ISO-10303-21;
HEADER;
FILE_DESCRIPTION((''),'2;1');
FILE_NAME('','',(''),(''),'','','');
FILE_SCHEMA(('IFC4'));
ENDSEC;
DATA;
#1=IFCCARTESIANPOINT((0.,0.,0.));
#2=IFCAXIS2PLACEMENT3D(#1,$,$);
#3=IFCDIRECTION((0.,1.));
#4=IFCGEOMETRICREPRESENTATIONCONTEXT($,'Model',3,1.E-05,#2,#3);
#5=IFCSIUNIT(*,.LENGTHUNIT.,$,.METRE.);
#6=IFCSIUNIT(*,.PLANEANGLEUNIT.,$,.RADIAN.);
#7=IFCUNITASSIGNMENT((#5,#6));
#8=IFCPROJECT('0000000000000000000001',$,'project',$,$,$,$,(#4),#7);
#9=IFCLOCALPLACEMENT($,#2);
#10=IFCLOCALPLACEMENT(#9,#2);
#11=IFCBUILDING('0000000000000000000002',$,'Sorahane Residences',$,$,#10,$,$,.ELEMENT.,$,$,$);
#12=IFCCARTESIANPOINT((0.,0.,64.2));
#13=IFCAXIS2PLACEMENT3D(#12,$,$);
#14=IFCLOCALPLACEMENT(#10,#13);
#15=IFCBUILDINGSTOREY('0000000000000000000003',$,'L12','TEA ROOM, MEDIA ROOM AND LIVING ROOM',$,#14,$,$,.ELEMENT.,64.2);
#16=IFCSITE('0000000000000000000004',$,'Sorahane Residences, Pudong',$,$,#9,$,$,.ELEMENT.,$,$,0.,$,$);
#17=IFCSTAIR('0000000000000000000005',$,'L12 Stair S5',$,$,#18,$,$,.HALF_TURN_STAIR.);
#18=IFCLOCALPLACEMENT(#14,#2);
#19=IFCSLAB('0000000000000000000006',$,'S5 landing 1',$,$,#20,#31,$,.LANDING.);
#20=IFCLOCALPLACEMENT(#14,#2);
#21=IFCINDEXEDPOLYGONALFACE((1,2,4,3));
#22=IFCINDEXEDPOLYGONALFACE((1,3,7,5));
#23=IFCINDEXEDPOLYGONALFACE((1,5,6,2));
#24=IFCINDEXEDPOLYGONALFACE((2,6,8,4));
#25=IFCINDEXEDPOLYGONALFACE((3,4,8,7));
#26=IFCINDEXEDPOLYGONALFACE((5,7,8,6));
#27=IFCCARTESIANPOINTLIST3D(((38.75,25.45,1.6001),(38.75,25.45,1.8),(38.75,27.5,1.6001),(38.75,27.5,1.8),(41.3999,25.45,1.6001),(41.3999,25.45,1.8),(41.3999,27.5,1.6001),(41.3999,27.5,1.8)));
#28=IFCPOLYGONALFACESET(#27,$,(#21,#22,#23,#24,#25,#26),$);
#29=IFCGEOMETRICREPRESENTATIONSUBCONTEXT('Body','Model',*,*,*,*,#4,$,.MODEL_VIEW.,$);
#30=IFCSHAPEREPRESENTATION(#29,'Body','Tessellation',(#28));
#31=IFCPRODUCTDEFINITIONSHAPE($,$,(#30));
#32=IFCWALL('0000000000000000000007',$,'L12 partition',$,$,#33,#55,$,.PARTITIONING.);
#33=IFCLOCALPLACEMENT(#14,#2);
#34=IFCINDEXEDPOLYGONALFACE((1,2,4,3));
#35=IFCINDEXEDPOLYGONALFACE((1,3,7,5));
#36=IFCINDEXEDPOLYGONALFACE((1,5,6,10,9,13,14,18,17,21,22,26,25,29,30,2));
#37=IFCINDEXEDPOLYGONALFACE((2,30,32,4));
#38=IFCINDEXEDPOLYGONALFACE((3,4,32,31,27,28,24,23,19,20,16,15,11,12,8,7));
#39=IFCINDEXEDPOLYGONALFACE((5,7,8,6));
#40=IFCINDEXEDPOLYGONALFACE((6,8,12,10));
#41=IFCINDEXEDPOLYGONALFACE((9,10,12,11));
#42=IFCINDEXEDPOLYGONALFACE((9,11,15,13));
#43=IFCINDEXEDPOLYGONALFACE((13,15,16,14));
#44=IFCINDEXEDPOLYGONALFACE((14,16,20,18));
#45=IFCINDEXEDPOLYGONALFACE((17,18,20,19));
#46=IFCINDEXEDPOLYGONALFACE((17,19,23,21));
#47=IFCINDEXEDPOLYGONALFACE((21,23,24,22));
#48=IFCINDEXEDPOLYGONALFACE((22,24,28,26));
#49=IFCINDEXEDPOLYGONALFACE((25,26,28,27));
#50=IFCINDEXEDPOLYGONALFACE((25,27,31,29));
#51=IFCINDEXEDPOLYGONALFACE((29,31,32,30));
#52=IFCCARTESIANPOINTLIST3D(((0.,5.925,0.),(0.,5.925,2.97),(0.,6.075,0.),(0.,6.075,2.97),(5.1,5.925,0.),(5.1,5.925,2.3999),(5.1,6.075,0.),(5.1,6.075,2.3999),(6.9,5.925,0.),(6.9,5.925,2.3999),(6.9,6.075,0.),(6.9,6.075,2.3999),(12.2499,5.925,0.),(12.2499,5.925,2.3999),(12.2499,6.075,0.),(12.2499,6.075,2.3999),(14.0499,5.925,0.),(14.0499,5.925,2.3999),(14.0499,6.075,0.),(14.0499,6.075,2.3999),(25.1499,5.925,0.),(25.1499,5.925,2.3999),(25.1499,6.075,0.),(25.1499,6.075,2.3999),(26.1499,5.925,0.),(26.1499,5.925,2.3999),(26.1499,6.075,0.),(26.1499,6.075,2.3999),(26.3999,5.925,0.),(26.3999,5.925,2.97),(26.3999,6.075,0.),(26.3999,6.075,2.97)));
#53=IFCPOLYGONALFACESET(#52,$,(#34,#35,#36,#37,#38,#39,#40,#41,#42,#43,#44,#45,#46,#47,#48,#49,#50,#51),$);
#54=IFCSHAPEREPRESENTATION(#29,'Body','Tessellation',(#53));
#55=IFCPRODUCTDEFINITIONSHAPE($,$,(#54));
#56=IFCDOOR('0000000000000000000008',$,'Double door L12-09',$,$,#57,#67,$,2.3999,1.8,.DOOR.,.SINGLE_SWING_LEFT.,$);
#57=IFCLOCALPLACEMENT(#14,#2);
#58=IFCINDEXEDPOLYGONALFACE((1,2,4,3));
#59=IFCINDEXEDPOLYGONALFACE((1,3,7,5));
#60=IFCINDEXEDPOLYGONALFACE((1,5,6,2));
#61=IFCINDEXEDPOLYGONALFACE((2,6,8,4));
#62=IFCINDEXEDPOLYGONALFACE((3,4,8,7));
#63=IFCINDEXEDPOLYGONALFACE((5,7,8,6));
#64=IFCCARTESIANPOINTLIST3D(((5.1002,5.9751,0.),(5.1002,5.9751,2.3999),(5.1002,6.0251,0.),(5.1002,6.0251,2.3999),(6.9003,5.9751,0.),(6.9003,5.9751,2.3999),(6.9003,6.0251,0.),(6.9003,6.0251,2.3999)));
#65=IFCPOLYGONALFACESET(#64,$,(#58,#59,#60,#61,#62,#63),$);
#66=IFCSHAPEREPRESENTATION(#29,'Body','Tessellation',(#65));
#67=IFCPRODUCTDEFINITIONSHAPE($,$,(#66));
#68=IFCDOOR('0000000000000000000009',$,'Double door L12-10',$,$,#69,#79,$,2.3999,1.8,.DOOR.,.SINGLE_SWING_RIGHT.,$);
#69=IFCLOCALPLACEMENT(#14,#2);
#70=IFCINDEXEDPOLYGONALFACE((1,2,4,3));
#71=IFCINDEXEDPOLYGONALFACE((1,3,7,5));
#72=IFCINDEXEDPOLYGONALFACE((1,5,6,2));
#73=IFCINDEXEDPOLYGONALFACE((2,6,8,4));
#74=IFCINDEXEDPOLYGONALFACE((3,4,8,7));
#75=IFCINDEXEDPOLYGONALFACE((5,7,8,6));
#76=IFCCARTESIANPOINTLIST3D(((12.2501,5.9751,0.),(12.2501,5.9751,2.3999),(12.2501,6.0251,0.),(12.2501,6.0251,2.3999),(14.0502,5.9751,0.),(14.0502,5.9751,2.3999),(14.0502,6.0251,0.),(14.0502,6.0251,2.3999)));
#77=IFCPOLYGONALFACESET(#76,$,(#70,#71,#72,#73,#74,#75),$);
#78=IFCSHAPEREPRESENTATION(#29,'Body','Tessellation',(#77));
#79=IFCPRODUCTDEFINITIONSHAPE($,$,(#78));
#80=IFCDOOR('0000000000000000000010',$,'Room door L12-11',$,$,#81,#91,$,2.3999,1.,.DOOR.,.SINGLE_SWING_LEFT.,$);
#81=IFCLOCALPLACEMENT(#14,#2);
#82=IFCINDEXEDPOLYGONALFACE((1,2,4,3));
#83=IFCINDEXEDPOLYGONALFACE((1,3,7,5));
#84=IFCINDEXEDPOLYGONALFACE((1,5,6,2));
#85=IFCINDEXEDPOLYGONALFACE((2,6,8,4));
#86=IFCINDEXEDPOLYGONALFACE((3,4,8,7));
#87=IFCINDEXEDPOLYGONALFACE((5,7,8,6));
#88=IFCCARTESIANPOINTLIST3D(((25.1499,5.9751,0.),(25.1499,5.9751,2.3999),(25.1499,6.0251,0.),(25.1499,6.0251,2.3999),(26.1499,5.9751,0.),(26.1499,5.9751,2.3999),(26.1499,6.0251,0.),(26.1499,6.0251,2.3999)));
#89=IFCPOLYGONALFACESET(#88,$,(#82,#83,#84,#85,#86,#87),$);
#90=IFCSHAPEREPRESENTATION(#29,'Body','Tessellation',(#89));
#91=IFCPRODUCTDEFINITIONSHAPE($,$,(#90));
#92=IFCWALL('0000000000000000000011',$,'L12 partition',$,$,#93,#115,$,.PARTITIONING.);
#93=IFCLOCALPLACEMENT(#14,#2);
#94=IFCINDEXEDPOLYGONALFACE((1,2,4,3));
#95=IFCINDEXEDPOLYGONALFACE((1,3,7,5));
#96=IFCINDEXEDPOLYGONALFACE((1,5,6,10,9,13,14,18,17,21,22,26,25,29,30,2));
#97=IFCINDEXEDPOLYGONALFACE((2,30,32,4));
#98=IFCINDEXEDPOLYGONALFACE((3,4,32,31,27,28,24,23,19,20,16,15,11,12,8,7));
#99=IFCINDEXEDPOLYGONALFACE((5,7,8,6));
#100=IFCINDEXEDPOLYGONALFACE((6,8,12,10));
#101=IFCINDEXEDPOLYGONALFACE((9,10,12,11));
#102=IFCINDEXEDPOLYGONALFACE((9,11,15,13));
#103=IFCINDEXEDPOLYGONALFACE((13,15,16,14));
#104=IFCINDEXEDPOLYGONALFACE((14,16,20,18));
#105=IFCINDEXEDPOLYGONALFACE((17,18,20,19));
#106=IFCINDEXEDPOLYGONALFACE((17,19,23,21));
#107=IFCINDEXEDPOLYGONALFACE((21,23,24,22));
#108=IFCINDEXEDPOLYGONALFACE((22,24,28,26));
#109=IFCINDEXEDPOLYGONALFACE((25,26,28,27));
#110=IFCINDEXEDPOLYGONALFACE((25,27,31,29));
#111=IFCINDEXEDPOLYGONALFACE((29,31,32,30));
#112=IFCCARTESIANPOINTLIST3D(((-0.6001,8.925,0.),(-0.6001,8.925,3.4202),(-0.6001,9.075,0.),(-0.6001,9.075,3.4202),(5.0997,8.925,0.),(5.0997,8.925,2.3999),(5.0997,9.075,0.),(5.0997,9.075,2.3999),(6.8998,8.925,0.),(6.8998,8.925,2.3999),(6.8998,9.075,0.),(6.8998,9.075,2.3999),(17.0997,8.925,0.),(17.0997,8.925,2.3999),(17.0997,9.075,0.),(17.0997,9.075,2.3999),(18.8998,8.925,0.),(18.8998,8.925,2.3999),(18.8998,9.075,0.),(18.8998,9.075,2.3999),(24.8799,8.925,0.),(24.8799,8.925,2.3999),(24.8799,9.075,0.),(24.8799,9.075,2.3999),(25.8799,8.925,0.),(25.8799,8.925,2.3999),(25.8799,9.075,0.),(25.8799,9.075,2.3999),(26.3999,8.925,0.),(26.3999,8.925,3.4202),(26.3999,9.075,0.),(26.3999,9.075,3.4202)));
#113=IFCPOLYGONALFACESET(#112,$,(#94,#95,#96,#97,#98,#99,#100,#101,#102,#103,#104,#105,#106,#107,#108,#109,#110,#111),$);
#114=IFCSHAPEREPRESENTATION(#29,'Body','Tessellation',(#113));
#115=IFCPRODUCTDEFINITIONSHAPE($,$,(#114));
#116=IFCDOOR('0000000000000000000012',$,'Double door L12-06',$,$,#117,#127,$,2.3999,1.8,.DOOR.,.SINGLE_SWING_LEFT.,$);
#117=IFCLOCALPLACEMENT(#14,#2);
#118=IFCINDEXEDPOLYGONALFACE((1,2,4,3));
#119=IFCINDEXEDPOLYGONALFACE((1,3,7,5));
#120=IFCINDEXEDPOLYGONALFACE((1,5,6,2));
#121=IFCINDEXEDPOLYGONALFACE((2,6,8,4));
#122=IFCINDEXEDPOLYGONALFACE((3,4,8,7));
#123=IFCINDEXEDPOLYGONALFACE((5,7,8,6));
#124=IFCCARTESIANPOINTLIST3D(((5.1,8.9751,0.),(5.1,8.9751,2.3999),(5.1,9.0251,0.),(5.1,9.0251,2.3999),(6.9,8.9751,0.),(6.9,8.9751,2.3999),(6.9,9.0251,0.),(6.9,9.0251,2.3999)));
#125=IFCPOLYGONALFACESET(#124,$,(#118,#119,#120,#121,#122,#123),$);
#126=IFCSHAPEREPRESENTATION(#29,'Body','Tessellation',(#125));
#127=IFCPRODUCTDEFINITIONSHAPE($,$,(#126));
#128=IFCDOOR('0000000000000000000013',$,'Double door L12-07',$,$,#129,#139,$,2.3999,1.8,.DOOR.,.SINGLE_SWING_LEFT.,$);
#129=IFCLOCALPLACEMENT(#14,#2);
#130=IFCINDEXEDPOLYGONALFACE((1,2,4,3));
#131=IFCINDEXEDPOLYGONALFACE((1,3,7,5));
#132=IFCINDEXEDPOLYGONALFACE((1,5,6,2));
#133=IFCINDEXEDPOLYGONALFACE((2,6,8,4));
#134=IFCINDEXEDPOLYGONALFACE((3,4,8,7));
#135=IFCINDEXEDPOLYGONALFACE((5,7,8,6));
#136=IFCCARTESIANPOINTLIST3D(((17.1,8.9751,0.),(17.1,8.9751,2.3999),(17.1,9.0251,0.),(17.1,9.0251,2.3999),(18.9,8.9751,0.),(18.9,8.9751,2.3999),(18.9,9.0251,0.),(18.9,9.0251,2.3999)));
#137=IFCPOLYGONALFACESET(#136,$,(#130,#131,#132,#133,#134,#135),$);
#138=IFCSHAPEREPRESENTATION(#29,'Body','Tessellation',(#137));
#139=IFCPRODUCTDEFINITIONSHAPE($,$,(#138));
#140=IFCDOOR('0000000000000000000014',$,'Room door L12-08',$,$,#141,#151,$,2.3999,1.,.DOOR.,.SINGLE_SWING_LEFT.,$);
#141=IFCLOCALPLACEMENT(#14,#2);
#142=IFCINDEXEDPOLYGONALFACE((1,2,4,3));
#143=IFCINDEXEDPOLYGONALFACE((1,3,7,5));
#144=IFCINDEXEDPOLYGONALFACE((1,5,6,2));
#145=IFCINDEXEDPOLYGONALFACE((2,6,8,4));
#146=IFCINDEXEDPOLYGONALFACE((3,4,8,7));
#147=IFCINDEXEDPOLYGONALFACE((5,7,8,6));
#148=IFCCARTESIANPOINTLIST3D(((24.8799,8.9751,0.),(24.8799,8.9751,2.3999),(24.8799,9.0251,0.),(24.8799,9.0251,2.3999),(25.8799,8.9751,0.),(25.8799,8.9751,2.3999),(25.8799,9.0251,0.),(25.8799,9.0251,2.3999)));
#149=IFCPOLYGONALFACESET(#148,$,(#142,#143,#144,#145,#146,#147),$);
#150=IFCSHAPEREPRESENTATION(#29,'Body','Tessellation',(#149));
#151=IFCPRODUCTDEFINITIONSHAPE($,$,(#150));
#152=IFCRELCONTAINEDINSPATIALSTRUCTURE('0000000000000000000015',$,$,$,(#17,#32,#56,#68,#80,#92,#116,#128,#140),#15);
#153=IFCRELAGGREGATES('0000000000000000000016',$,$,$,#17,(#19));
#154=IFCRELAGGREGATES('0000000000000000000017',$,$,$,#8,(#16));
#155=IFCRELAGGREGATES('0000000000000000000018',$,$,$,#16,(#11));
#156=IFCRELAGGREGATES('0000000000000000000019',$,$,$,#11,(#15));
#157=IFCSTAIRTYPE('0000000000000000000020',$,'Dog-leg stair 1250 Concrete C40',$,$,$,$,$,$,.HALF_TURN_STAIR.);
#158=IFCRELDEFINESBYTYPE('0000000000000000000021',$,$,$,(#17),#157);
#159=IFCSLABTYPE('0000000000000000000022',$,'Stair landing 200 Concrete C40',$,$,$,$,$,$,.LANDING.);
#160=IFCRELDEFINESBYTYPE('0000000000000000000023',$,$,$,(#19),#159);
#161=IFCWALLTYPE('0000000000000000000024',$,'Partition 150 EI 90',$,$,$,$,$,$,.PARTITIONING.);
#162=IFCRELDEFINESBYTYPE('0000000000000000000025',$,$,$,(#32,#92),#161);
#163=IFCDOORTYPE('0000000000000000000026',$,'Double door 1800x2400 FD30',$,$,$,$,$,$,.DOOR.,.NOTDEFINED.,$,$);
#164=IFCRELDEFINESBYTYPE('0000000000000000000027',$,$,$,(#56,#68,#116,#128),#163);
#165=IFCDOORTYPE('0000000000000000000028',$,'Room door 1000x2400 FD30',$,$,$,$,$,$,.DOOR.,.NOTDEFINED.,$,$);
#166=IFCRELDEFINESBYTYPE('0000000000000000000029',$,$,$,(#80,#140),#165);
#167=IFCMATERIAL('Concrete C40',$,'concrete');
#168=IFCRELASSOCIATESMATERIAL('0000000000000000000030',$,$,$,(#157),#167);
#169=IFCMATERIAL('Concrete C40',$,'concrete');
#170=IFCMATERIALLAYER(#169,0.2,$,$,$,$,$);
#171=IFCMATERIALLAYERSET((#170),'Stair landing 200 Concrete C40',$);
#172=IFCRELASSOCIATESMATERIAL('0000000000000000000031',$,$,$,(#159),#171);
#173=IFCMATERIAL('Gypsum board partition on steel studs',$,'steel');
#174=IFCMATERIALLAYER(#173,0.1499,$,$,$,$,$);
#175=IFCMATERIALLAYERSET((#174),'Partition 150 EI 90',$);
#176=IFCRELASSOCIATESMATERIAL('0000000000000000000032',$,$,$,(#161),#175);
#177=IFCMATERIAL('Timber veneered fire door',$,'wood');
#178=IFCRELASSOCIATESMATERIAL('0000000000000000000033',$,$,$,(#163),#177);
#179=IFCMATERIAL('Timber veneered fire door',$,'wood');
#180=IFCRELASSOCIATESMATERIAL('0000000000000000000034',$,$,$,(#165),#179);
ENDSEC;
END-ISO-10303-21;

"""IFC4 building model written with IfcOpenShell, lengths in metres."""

from ifc_helpers import new_model, si_unit, direction, frame, frame_2d, origin, place, context, subcontext, project, spatial, polyline, rectangle, outline, extrude, material, layer, layer_set, type_object, element, fill, aggregate, save


model = new_model("IFC4")

# Units and contexts
model_context = context("Model", 3, precision=1e-05, world=origin(), true_north=direction((0.0, 1.0)))
body_context = subcontext(model_context, "Body", "Model", "MODEL_VIEW")
ifc_project = project(units=[si_unit("LENGTHUNIT", "METRE"), si_unit("PLANEANGLEUNIT", "RADIAN")], contexts=[model_context])

# Site, building, storey
site_placement = place(None, origin())
site = spatial("IfcSite", under=ifc_project, at=site_placement, Name="Sorahane Residences, Pudong", CompositionType="ELEMENT", RefElevation=0.0)
building_placement = place(site_placement, origin())
building = spatial("IfcBuilding", under=site, at=building_placement, Name="Sorahane Residences", CompositionType="ELEMENT")
storey_placement = place(building_placement, frame((0.0, 0.0, 64.2)))
storey = spatial("IfcBuildingStorey", under=building, at=storey_placement, Name="L12", Description="TEA ROOM, MEDIA ROOM AND LIVING ROOM", CompositionType="ELEMENT", Elevation=64.2)

# Stair, slab
ifc_material_1 = material(Name="Concrete C40", Category="concrete")
stair_type = type_object("IfcStairType", Name="Dog-leg stair 1250 Concrete C40", PredefinedType="HALF_TURN_STAIR", material=ifc_material_1)
ifc_material_2 = material(Name="Concrete C40", Category="concrete")
ifc_layer_1 = layer(ifc_material_2, 0.2)
ifc_layer_set_1 = layer_set([ifc_layer_1], Name="Stair landing 200 Concrete C40")
slab_type_1 = type_object("IfcSlabType", Name="Stair landing 200 Concrete C40", PredefinedType="LANDING", material=ifc_layer_set_1)
stair_1_placement = place(storey_placement, origin())
stair_1 = element("IfcStair", 1, at=stair_1_placement, inside=storey, type_object=stair_type, Name="L12 Stair S5", PredefinedType="HALF_TURN_STAIR")
slab_1_placement = place(storey_placement, frame((0.0, 0.0, 1.6001)))
slab_1 = element("IfcSlab", 2, at=slab_1_placement, type_object=slab_type_1, Name="S5 landing 1", PredefinedType="LANDING", context=body_context, shape_type="SweptSolid", body=[
    extrude(outline(polyline([(41.3999, 25.45), (41.3999, 27.5), (38.75, 27.5), (38.75, 25.45), (41.3999, 25.45)])), origin(), (0.0, 0.0, 1.0), 0.2),
])
aggregate(stair_1, [slab_1])

# Walls, openings, doors
ifc_material_3 = material(Name="Gypsum board partition on steel studs", Category="steel")
ifc_layer_2 = layer(ifc_material_3, 0.1499)
ifc_layer_set_2 = layer_set([ifc_layer_2], Name="Partition 150 EI 90")
wall_type = type_object("IfcWallType", Name="Partition 150 EI 90", PredefinedType="PARTITIONING", material=ifc_layer_set_2)
wall_1_placement = place(storey_placement, frame((0.0, 6.0, 0.0), z_axis=(0.0, 0.0, 1.0), x_axis=(1.0, 0.0, 0.0)))
wall_1 = element("IfcWall", 3, at=wall_1_placement, inside=storey, type_object=wall_type, Name="L12 partition", PredefinedType="PARTITIONING", context=body_context, shape_type="SweptSolid", body=[
    extrude(rectangle(XDim=26.3999, YDim=0.1499, at=frame_2d((13.2, 0.0))), origin(), (0.0, 0.0, 1.0), 2.97),
])
opening_1_placement = place(wall_1_placement, frame((5.1001, 0.0, 0.0)))
opening_1 = element("IfcOpeningElement", 4, at=opening_1_placement, cuts=wall_1, PredefinedType="OPENING", context=body_context, shape_type="SweptSolid", body=[
    extrude(rectangle(XDim=1.8, YDim=2.3999, at=frame_2d((0.8999, 1.2))), frame((0.0, 0.085, 0.0), z_axis=(0.0, -1.0, 0.0), x_axis=(1.0, 0.0, 0.0)), (0.0, 0.0, 1.0), 0.1699),
])
opening_2_placement = place(wall_1_placement, frame((12.25, 0.0, 0.0)))
opening_2 = element("IfcOpeningElement", 5, at=opening_2_placement, cuts=wall_1, PredefinedType="OPENING", context=body_context, shape_type="SweptSolid", body=[
    extrude(rectangle(XDim=1.8, YDim=2.3999, at=frame_2d((0.8999, 1.2))), frame((0.0, 0.085, 0.0), z_axis=(0.0, -1.0, 0.0), x_axis=(1.0, 0.0, 0.0)), (0.0, 0.0, 1.0), 0.1699),
])
opening_3_placement = place(wall_1_placement, frame((25.1499, 0.0, 0.0)))
opening_3 = element("IfcOpeningElement", 6, at=opening_3_placement, cuts=wall_1, PredefinedType="OPENING", context=body_context, shape_type="SweptSolid", body=[
    extrude(rectangle(XDim=1.0, YDim=2.3999, at=frame_2d((0.5, 1.2))), frame((0.0, 0.085, 0.0), z_axis=(0.0, -1.0, 0.0), x_axis=(1.0, 0.0, 0.0)), (0.0, 0.0, 1.0), 0.1699),
])
ifc_material_4 = material(Name="Timber veneered fire door", Category="wood")
door_type_1 = type_object("IfcDoorType", Name="Double door 1800x2400 FD30", OperationType="NOTDEFINED", PredefinedType="DOOR", material=ifc_material_4)
door_1_placement = place(opening_1_placement, frame((1.8, 0.0, 0.0), z_axis=(0.0, 0.0, 1.0), x_axis=(-1.0, 0.0, 0.0)))
door_1 = element("IfcDoor", 7, at=door_1_placement, inside=storey, type_object=door_type_1, Name="Double door L12-09", OperationType="SINGLE_SWING_LEFT", OverallHeight=2.3999, OverallWidth=1.8, PredefinedType="DOOR", context=body_context, shape_type="SweptSolid", body=[
    extrude(rectangle(XDim=1.8, YDim=2.3999, at=frame_2d((0.8999, 1.2))), frame((0.0, 0.0249, 0.0), z_axis=(0.0, -1.0, 0.0), x_axis=(1.0, 0.0, 0.0)), (0.0, 0.0, 1.0), 0.05),
])
fill(opening_1, door_1)
door_2_placement = place(opening_2_placement, frame((1.8, 0.0, 0.0), z_axis=(0.0, 0.0, 1.0), x_axis=(-1.0, 0.0, 0.0)))
door_2 = element("IfcDoor", 8, at=door_2_placement, inside=storey, type_object=door_type_1, Name="Double door L12-10", OperationType="SINGLE_SWING_RIGHT", OverallHeight=2.3999, OverallWidth=1.8, PredefinedType="DOOR", context=body_context, shape_type="SweptSolid", body=[
    extrude(rectangle(XDim=1.8, YDim=2.3999, at=frame_2d((0.8999, 1.2))), frame((0.0, 0.0249, 0.0), z_axis=(0.0, -1.0, 0.0), x_axis=(1.0, 0.0, 0.0)), (0.0, 0.0, 1.0), 0.05),
])
fill(opening_2, door_2)
ifc_material_5 = material(Name="Timber veneered fire door", Category="wood")
door_type_2 = type_object("IfcDoorType", Name="Room door 1000x2400 FD30", OperationType="NOTDEFINED", PredefinedType="DOOR", material=ifc_material_5)
door_3_placement = place(opening_3_placement, frame((1.0, 0.0, 0.0), z_axis=(0.0, 0.0, 1.0), x_axis=(-1.0, 0.0, 0.0)))
door_3 = element("IfcDoor", 9, at=door_3_placement, inside=storey, type_object=door_type_2, Name="Room door L12-11", OperationType="SINGLE_SWING_LEFT", OverallHeight=2.3999, OverallWidth=1.0, PredefinedType="DOOR", context=body_context, shape_type="SweptSolid", body=[
    extrude(rectangle(XDim=1.0, YDim=2.3999, at=frame_2d((0.5, 1.2))), frame((0.0, 0.0249, 0.0), z_axis=(0.0, -1.0, 0.0), x_axis=(1.0, 0.0, 0.0)), (0.0, 0.0, 1.0), 0.05),
])
fill(opening_3, door_3)
wall_2_placement = place(storey_placement, frame((-0.6001, 9.0, 0.0), z_axis=(0.0, 0.0, 1.0), x_axis=(1.0, 0.0, 0.0)))
wall_2 = element("IfcWall", 10, at=wall_2_placement, inside=storey, type_object=wall_type, Name="L12 partition", PredefinedType="PARTITIONING", context=body_context, shape_type="SweptSolid", body=[
    extrude(rectangle(XDim=27.0, YDim=0.1499, at=frame_2d((13.5, 0.0))), origin(), (0.0, 0.0, 1.0), 3.4202),
])
opening_4_placement = place(wall_2_placement, frame((5.7, 0.0, 0.0)))
opening_4 = element("IfcOpeningElement", 11, at=opening_4_placement, cuts=wall_2, PredefinedType="OPENING", context=body_context, shape_type="SweptSolid", body=[
    extrude(rectangle(XDim=1.8, YDim=2.3999, at=frame_2d((0.8999, 1.2))), frame((0.0, 0.085, 0.0), z_axis=(0.0, -1.0, 0.0), x_axis=(1.0, 0.0, 0.0)), (0.0, 0.0, 1.0), 0.1699),
])
opening_5_placement = place(wall_2_placement, frame((17.7, 0.0, 0.0)))
opening_5 = element("IfcOpeningElement", 12, at=opening_5_placement, cuts=wall_2, PredefinedType="OPENING", context=body_context, shape_type="SweptSolid", body=[
    extrude(rectangle(XDim=1.8, YDim=2.3999, at=frame_2d((0.8999, 1.2))), frame((0.0, 0.085, 0.0), z_axis=(0.0, -1.0, 0.0), x_axis=(1.0, 0.0, 0.0)), (0.0, 0.0, 1.0), 0.1699),
])
opening_6_placement = place(wall_2_placement, frame((25.48, 0.0, 0.0)))
opening_6 = element("IfcOpeningElement", 13, at=opening_6_placement, cuts=wall_2, PredefinedType="OPENING", context=body_context, shape_type="SweptSolid", body=[
    extrude(rectangle(XDim=1.0, YDim=2.3999, at=frame_2d((0.5, 1.2))), frame((0.0, 0.085, 0.0), z_axis=(0.0, -1.0, 0.0), x_axis=(1.0, 0.0, 0.0)), (0.0, 0.0, 1.0), 0.1699),
])
door_4_placement = place(opening_4_placement, frame((1.8, 0.0, 0.0), z_axis=(0.0, 0.0, 1.0), x_axis=(-1.0, 0.0, 0.0)))
door_4 = element("IfcDoor", 14, at=door_4_placement, inside=storey, type_object=door_type_1, Name="Double door L12-06", OperationType="SINGLE_SWING_LEFT", OverallHeight=2.3999, OverallWidth=1.8, PredefinedType="DOOR", context=body_context, shape_type="SweptSolid", body=[
    extrude(rectangle(XDim=1.8, YDim=2.3999, at=frame_2d((0.8999, 1.2))), frame((0.0, 0.0249, 0.0), z_axis=(0.0, -1.0, 0.0), x_axis=(1.0, 0.0, 0.0)), (0.0, 0.0, 1.0), 0.05),
])
fill(opening_4, door_4)
door_5_placement = place(opening_5_placement, frame((1.8, 0.0, 0.0), z_axis=(0.0, 0.0, 1.0), x_axis=(-1.0, 0.0, 0.0)))
door_5 = element("IfcDoor", 15, at=door_5_placement, inside=storey, type_object=door_type_1, Name="Double door L12-07", OperationType="SINGLE_SWING_LEFT", OverallHeight=2.3999, OverallWidth=1.8, PredefinedType="DOOR", context=body_context, shape_type="SweptSolid", body=[
    extrude(rectangle(XDim=1.8, YDim=2.3999, at=frame_2d((0.8999, 1.2))), frame((0.0, 0.0249, 0.0), z_axis=(0.0, -1.0, 0.0), x_axis=(1.0, 0.0, 0.0)), (0.0, 0.0, 1.0), 0.05),
])
fill(opening_5, door_5)
door_6_placement = place(opening_6_placement, frame((1.0, 0.0, 0.0), z_axis=(0.0, 0.0, 1.0), x_axis=(-1.0, 0.0, 0.0)))
door_6 = element("IfcDoor", 16, at=door_6_placement, inside=storey, type_object=door_type_2, Name="Room door L12-08", OperationType="SINGLE_SWING_LEFT", OverallHeight=2.3999, OverallWidth=1.0, PredefinedType="DOOR", context=body_context, shape_type="SweptSolid", body=[
    extrude(rectangle(XDim=1.0, YDim=2.3999, at=frame_2d((0.5, 1.2))), frame((0.0, 0.0249, 0.0), z_axis=(0.0, -1.0, 0.0), x_axis=(1.0, 0.0, 0.0)), (0.0, 0.0, 1.0), 0.05),
])
fill(opening_6, door_6)

save(model, "model.ifc")
